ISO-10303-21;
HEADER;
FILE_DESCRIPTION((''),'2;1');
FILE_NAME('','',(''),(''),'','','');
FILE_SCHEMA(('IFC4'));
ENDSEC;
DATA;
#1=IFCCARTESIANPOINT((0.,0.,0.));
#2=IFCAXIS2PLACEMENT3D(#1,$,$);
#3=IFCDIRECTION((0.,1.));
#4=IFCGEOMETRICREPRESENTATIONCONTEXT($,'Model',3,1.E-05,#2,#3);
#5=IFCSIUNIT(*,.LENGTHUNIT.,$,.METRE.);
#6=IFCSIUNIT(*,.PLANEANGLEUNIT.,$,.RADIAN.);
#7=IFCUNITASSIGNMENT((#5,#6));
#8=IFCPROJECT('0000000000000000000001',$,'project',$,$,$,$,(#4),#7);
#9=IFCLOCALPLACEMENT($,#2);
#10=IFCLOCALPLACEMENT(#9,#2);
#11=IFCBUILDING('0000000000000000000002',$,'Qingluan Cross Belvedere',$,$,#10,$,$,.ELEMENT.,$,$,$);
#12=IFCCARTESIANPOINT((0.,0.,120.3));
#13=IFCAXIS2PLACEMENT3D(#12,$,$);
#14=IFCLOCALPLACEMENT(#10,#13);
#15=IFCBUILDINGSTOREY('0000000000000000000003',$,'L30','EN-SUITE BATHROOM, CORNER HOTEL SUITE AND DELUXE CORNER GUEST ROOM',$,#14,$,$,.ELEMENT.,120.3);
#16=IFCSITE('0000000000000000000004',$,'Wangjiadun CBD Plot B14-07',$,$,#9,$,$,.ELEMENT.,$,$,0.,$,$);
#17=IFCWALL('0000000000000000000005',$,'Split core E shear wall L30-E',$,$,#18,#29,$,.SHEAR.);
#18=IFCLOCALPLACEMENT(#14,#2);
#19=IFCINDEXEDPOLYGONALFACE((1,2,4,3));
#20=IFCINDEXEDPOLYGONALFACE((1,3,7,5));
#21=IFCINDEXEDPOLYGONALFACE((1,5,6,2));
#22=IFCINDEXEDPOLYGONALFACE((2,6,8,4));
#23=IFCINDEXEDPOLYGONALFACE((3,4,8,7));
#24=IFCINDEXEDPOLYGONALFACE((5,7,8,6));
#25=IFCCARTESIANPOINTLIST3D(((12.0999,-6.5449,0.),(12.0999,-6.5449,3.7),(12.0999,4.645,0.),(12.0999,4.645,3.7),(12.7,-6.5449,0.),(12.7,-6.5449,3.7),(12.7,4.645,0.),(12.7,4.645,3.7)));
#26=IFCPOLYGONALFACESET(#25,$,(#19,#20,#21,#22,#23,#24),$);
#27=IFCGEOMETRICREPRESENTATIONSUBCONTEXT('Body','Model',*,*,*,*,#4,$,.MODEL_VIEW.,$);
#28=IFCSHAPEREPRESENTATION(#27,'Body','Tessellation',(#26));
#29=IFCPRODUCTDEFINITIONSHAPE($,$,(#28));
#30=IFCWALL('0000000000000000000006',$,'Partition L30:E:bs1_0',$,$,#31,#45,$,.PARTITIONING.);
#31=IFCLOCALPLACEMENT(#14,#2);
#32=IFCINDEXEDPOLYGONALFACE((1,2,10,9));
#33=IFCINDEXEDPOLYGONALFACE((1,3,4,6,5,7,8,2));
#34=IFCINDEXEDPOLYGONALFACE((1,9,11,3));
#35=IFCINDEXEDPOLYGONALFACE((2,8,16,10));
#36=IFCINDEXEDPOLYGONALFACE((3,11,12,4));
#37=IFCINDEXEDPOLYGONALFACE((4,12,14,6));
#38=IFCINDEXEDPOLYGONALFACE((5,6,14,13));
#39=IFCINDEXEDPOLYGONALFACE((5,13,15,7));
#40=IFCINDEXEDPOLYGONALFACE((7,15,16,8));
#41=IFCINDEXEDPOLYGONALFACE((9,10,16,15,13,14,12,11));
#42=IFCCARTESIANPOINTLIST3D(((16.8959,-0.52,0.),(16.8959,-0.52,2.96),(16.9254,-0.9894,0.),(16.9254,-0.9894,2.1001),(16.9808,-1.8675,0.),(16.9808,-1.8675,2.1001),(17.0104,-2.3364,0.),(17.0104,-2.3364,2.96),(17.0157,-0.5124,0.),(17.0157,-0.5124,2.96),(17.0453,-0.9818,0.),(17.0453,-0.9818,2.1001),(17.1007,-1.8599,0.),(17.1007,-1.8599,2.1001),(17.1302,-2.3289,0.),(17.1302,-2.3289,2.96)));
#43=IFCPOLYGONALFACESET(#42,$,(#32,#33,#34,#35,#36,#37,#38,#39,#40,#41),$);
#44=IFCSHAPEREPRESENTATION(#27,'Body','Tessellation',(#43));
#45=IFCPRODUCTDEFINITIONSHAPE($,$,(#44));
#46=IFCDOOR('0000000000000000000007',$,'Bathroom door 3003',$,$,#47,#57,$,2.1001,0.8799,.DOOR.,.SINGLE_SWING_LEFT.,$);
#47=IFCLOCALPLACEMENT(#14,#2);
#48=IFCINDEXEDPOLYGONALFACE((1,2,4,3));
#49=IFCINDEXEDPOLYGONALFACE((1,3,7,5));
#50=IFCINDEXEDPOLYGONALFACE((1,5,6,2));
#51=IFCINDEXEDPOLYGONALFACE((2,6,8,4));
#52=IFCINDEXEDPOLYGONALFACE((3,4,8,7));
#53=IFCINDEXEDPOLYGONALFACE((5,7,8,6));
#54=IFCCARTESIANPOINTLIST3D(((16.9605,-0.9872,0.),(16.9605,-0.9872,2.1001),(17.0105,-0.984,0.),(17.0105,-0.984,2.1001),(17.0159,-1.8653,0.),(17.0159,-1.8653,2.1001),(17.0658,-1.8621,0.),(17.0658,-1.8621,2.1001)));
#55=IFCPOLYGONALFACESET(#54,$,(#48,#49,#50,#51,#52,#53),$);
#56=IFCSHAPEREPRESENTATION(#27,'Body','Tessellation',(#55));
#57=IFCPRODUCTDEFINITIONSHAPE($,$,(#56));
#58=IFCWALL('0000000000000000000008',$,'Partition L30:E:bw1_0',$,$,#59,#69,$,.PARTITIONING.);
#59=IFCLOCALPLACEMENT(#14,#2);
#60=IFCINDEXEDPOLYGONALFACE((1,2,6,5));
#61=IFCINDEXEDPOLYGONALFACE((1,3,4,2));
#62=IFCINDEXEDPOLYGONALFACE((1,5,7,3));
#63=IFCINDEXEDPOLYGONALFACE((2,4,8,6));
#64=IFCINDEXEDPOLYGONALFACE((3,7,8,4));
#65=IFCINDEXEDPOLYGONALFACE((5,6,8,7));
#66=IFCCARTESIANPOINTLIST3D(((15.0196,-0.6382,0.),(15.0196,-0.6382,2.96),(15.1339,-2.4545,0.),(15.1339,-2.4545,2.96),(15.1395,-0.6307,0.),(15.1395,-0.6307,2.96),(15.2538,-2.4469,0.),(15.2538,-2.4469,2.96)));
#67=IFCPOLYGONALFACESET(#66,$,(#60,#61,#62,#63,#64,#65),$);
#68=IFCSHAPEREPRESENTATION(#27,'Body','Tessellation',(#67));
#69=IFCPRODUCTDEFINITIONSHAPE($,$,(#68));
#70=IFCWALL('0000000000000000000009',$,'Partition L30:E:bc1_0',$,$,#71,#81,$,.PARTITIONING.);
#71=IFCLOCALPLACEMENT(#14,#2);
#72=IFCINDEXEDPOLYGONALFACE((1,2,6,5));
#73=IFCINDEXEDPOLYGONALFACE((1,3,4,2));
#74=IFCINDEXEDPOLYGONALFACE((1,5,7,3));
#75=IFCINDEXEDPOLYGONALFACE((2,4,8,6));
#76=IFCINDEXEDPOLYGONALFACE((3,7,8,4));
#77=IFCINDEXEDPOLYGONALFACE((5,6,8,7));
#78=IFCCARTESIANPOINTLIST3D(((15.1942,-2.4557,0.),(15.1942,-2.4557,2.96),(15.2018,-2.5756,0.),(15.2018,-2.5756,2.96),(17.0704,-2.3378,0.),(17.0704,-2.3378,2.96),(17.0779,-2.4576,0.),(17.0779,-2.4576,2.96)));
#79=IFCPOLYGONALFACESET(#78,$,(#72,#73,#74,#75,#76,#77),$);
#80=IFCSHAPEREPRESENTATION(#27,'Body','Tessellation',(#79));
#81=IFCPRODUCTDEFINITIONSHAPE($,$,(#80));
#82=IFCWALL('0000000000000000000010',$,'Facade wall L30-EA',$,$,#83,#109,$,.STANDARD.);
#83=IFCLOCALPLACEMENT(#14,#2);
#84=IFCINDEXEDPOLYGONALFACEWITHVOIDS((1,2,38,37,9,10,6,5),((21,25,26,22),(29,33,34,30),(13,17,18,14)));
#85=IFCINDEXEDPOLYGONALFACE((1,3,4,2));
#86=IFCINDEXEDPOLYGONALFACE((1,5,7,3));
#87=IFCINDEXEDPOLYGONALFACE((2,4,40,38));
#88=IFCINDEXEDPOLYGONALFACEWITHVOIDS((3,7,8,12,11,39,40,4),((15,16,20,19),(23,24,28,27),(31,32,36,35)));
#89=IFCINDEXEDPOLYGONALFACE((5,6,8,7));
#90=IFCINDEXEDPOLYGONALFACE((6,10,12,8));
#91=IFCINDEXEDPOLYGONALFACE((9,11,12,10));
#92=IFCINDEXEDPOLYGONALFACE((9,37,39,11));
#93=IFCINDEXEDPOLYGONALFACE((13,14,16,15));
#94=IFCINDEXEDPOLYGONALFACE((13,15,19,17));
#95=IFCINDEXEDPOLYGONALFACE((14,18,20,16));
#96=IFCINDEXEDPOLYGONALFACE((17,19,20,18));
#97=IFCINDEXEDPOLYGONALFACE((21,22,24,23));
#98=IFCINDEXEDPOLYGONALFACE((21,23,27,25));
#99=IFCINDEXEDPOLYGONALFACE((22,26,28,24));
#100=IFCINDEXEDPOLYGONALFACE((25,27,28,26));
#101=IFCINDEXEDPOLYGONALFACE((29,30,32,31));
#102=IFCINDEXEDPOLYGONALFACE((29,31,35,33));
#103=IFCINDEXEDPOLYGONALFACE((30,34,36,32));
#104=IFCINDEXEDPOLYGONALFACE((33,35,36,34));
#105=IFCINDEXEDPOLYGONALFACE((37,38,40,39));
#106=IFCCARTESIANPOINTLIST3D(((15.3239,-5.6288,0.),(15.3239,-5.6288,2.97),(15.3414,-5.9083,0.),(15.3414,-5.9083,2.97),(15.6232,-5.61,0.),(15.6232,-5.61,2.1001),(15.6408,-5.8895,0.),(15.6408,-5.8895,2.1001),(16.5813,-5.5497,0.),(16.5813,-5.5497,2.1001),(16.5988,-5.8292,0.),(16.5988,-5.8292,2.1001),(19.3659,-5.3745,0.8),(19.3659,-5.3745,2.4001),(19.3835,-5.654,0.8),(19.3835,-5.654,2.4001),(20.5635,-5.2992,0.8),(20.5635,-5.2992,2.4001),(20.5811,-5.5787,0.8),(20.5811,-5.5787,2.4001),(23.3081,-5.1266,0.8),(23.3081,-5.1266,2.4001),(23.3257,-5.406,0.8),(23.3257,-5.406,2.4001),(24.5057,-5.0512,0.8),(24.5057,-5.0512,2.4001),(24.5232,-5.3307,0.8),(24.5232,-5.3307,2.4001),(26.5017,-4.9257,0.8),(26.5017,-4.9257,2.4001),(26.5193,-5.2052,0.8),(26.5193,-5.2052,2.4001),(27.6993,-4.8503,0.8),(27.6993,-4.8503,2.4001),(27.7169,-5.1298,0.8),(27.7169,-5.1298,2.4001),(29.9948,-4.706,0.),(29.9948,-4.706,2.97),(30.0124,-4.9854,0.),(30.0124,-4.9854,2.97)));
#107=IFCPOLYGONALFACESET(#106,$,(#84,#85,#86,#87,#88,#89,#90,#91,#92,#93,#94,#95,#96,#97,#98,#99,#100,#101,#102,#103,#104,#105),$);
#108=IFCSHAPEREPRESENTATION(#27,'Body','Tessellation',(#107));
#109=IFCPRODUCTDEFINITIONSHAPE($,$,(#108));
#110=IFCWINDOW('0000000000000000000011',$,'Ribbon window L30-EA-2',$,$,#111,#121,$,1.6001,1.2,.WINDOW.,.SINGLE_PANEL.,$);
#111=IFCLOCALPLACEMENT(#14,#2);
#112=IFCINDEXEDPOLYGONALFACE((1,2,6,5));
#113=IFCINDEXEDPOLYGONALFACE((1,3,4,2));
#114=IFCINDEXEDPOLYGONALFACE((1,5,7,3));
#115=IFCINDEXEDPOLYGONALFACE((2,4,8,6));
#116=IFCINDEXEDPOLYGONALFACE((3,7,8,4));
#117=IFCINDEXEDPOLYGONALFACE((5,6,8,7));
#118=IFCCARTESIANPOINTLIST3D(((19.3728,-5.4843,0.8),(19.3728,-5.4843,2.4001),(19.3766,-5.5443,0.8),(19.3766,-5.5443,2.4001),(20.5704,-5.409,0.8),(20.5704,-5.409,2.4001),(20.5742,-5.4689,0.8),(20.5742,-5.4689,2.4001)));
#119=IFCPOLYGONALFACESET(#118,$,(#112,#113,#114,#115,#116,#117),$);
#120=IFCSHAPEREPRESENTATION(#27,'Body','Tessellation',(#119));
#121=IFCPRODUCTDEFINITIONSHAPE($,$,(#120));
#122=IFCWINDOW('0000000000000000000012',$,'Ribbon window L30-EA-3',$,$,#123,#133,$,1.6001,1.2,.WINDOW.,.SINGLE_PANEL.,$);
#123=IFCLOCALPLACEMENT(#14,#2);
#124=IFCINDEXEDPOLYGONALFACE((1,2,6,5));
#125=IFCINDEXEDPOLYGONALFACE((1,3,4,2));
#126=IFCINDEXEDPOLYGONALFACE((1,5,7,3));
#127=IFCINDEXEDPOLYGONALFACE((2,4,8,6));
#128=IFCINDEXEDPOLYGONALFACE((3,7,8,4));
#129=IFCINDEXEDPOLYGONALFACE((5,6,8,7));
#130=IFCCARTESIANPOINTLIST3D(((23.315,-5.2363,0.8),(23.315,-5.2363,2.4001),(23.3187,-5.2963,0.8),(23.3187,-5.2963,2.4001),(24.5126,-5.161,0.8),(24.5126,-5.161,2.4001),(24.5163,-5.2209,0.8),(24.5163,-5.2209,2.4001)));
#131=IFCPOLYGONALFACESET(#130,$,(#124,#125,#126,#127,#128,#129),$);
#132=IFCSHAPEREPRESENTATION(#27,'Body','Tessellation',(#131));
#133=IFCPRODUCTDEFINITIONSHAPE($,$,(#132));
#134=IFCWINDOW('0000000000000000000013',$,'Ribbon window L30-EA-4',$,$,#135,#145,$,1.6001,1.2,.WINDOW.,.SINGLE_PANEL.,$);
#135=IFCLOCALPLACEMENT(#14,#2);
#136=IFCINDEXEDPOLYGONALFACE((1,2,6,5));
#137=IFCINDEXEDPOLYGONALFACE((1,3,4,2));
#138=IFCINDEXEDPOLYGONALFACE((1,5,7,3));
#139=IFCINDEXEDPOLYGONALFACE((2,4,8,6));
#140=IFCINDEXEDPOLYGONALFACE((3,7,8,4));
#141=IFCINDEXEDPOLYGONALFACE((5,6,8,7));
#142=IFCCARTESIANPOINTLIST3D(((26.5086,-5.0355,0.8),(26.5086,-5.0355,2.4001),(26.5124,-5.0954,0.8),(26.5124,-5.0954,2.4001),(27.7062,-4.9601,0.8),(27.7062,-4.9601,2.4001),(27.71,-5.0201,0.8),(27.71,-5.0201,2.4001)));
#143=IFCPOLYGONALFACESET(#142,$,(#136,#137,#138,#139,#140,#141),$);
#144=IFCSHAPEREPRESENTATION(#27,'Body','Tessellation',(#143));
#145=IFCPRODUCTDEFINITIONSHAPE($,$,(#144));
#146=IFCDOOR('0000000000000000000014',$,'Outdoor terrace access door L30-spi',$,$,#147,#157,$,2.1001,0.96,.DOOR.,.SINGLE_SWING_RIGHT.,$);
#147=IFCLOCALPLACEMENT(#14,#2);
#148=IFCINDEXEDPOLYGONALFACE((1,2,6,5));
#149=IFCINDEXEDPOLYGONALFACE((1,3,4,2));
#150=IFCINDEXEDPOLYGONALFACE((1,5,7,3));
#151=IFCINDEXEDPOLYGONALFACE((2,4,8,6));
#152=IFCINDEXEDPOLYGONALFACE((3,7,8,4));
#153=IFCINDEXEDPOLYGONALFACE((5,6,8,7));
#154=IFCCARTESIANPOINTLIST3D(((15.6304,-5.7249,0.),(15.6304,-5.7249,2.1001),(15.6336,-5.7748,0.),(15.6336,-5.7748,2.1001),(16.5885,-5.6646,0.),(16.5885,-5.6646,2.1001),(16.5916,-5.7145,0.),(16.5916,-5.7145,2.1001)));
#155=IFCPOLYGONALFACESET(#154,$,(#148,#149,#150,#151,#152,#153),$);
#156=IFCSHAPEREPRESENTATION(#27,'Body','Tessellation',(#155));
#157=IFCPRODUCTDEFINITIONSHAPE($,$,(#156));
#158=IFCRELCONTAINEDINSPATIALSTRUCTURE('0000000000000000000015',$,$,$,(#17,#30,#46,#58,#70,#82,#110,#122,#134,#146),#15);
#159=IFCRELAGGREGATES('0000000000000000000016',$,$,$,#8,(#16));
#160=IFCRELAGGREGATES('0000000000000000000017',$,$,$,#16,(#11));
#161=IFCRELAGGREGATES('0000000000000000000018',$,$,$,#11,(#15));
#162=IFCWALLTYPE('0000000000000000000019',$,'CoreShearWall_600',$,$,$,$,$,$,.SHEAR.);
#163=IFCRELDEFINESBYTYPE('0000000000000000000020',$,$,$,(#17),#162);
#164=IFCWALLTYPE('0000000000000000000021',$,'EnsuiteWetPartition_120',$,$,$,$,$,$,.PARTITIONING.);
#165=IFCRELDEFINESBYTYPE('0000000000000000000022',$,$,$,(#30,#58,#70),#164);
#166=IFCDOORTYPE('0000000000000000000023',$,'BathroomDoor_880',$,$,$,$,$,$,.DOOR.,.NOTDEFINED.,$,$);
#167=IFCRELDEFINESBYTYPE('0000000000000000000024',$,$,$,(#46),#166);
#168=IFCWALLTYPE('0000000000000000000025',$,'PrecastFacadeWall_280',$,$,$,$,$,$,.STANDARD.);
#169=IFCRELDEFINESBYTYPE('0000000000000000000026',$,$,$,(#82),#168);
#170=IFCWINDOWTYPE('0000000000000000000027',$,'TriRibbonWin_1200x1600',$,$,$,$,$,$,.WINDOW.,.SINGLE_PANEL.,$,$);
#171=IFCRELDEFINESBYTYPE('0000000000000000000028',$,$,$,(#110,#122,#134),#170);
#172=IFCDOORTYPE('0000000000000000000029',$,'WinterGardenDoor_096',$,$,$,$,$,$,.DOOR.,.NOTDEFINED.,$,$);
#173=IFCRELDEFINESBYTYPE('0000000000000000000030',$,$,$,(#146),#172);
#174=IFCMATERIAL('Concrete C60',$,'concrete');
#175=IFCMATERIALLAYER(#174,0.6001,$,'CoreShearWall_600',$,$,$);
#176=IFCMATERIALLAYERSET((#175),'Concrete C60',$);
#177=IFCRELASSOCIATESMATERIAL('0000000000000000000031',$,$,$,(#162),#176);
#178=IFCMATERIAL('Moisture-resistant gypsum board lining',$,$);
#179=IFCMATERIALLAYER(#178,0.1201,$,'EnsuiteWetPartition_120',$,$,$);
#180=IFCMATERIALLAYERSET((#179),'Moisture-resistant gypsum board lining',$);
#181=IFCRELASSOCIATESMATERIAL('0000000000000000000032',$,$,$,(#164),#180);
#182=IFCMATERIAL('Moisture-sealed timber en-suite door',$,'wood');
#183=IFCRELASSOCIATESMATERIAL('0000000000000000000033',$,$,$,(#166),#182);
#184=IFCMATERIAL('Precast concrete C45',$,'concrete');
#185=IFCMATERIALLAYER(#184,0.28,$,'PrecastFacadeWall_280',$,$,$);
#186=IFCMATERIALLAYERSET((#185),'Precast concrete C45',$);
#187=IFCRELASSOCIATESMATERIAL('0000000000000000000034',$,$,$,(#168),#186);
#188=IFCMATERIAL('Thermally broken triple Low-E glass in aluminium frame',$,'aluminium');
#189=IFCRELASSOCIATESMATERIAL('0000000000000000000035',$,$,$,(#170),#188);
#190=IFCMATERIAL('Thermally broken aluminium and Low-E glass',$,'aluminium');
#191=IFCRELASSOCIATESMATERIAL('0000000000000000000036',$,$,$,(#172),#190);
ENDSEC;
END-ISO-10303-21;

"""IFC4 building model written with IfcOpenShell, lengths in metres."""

from ifc_helpers import new_model, si_unit, direction, frame, frame_2d, origin, place, context, subcontext, project, spatial, rectangle, extrude, material, layer, layer_set, type_object, element, fill, save


model = new_model("IFC4")

# Units and contexts
model_context = context("Model", 3, precision=1e-05, world=origin(), true_north=direction((0.0, 1.0)))
body_context = subcontext(model_context, "Body", "Model", "MODEL_VIEW")
ifc_project = project(units=[si_unit("LENGTHUNIT", "METRE"), si_unit("PLANEANGLEUNIT", "RADIAN")], contexts=[model_context])

# Site, building, storey
site_placement = place(None, origin())
site = spatial("IfcSite", under=ifc_project, at=site_placement, Name="Wangjiadun CBD Plot B14-07", CompositionType="ELEMENT", RefElevation=0.0)
building_placement = place(site_placement, origin())
building = spatial("IfcBuilding", under=site, at=building_placement, Name="Qingluan Cross Belvedere", CompositionType="ELEMENT")
storey_placement = place(building_placement, frame((0.0, 0.0, 120.3)))
storey = spatial("IfcBuildingStorey", under=building, at=storey_placement, Name="L30", Description="EN-SUITE BATHROOM, CORNER HOTEL SUITE AND DELUXE CORNER GUEST ROOM", CompositionType="ELEMENT", Elevation=120.3)

# Wall
ifc_material_1 = material(Name="Concrete C60", Category="concrete")
ifc_layer_1 = layer(ifc_material_1, 0.6001, Name="CoreShearWall_600")
ifc_layer_set_1 = layer_set([ifc_layer_1], Name="Concrete C60")
wall_type_1 = type_object("IfcWallType", Name="CoreShearWall_600", PredefinedType="SHEAR", material=ifc_layer_set_1)
wall_1_placement = place(storey_placement, frame((12.3999, -6.5449, 0.0), z_axis=(0.0, 0.0, 1.0), x_axis=(0.0, 1.0, 0.0)))
element("IfcWall", 1, at=wall_1_placement, inside=storey, type_object=wall_type_1, Name="Split core E shear wall L30-E", PredefinedType="SHEAR", context=body_context, shape_type="SweptSolid", body=[
    extrude(rectangle(XDim=11.1899, YDim=0.6001, at=frame_2d((5.595, 0.0))), origin(), (0.0, 0.0, 1.0), 3.7),
])

# Wall, opening, door
ifc_material_2 = material(Name="Moisture-resistant gypsum board lining")
ifc_layer_2 = layer(ifc_material_2, 0.1201, Name="EnsuiteWetPartition_120")
ifc_layer_set_2 = layer_set([ifc_layer_2], Name="Moisture-resistant gypsum board lining")
wall_type_2 = type_object("IfcWallType", Name="EnsuiteWetPartition_120", PredefinedType="PARTITIONING", material=ifc_layer_set_2)
wall_2_placement = place(storey_placement, frame((17.0703, -2.3328, 0.0), z_axis=(0.0, 0.0, 1.0), x_axis=(-0.062913, 0.998019, 0.0)))
wall_2 = element("IfcWall", 2, at=wall_2_placement, inside=storey, type_object=wall_type_2, Name="Partition L30:E:bs1_0", PredefinedType="PARTITIONING", context=body_context, shape_type="SweptSolid", body=[
    extrude(rectangle(XDim=1.8201, YDim=0.1201, at=frame_2d((0.9102, 0.0))), origin(), (0.0, 0.0, 1.0), 2.96),
])
opening_1_placement = place(wall_2_placement, frame((0.47, 0.0, 0.0)))
opening_1 = element("IfcOpeningElement", 3, at=opening_1_placement, cuts=wall_2, PredefinedType="OPENING", context=body_context, shape_type="SweptSolid", body=[
    extrude(rectangle(XDim=0.8799, YDim=2.1001, at=frame_2d((0.4399, 1.05))), frame((0.0, 0.0701, 0.0), z_axis=(0.0, -1.0, 0.0), x_axis=(1.0, 0.0, 0.0)), (0.0, 0.0, 1.0), 0.1401),
])
ifc_material_3 = material(Name="Moisture-sealed timber en-suite door", Category="wood")
door_type_1 = type_object("IfcDoorType", Name="BathroomDoor_880", OperationType="NOTDEFINED", PredefinedType="DOOR", material=ifc_material_3)
door_1_placement = place(opening_1_placement, origin())
door_1 = element("IfcDoor", 4, at=door_1_placement, inside=storey, type_object=door_type_1, Name="Bathroom door 3003", OperationType="SINGLE_SWING_LEFT", OverallHeight=2.1001, OverallWidth=0.8799, PredefinedType="DOOR", context=body_context, shape_type="SweptSolid", body=[
    extrude(rectangle(XDim=0.8799, YDim=2.1001, at=frame_2d((0.4399, 1.05))), frame((0.0, 0.0249, 0.0), z_axis=(0.0, -1.0, 0.0), x_axis=(1.0, 0.0, 0.0)), (0.0, 0.0, 1.0), 0.05),
])
fill(opening_1, door_1)

# Walls
wall_3_placement = place(storey_placement, frame((15.1938, -2.4507, 0.0), z_axis=(0.0, 0.0, 1.0), x_axis=(-0.062788, 0.998027, 0.0)))
element("IfcWall", 5, at=wall_3_placement, inside=storey, type_object=wall_type_2, Name="Partition L30:E:bw1_0", PredefinedType="PARTITIONING", context=body_context, shape_type="SweptSolid", body=[
    extrude(rectangle(XDim=1.8198, YDim=0.1201, at=frame_2d((0.9099, 0.0))), origin(), (0.0, 0.0, 1.0), 2.96),
])
wall_4_placement = place(storey_placement, frame((15.198, -2.5156, 0.0), z_axis=(0.0, 0.0, 1.0), x_axis=(0.998031, 0.062726, 0.0)))
element("IfcWall", 6, at=wall_4_placement, inside=storey, type_object=wall_type_2, Name="Partition L30:E:bc1_0", PredefinedType="PARTITIONING", context=body_context, shape_type="SweptSolid", body=[
    extrude(rectangle(XDim=1.8799, YDim=0.1201, at=frame_2d((0.9399, 0.0))), origin(), (0.0, 0.0, 1.0), 2.96),
])

# Wall, openings, windows, door
ifc_material_4 = material(Name="Precast concrete C45", Category="concrete")
ifc_layer_3 = layer(ifc_material_4, 0.28, Name="PrecastFacadeWall_280")
ifc_layer_set_3 = layer_set([ifc_layer_3], Name="Precast concrete C45")
wall_type_3 = type_object("IfcWallType", Name="PrecastFacadeWall_280", PredefinedType="STANDARD", material=ifc_layer_set_3)
wall_5_placement = place(storey_placement, frame((15.3325, -5.7686, 0.0), z_axis=(0.0, 0.0, 1.0), x_axis=(0.998027, 0.062779, 0.0)))
wall_5 = element("IfcWall", 7, at=wall_5_placement, inside=storey, type_object=wall_type_3, Name="Facade wall L30-EA", PredefinedType="STANDARD", context=body_context, shape_type="SweptSolid", body=[
    extrude(rectangle(XDim=14.7, YDim=0.28, at=frame_2d((7.3501, 0.0))), origin(), (0.0, 0.0, 1.0), 2.97),
])
opening_2_placement = place(wall_5_placement, frame((4.05, 0.0, 0.8)))
opening_2 = element("IfcOpeningElement", 8, at=opening_2_placement, cuts=wall_5, PredefinedType="OPENING", context=body_context, shape_type="SweptSolid", body=[
    extrude(rectangle(XDim=1.2, YDim=1.6001, at=frame_2d((0.6001, 0.8))), frame((0.0, 0.1499, 0.0), z_axis=(0.0, -1.0, 0.0), x_axis=(1.0, 0.0, 0.0)), (0.0, 0.0, 1.0), 0.3),
])
opening_3_placement = place(wall_5_placement, frame((8.0, 0.0, 0.8)))
opening_3 = element("IfcOpeningElement", 9, at=opening_3_placement, cuts=wall_5, PredefinedType="OPENING", context=body_context, shape_type="SweptSolid", body=[
    extrude(rectangle(XDim=1.2, YDim=1.6001, at=frame_2d((0.6001, 0.8))), frame((0.0, 0.1499, 0.0), z_axis=(0.0, -1.0, 0.0), x_axis=(1.0, 0.0, 0.0)), (0.0, 0.0, 1.0), 0.3),
])
opening_4_placement = place(wall_5_placement, frame((11.2, 0.0, 0.8)))
opening_4 = element("IfcOpeningElement", 10, at=opening_4_placement, cuts=wall_5, PredefinedType="OPENING", context=body_context, shape_type="SweptSolid", body=[
    extrude(rectangle(XDim=1.2, YDim=1.6001, at=frame_2d((0.6001, 0.8))), frame((0.0, 0.1499, 0.0), z_axis=(0.0, -1.0, 0.0), x_axis=(1.0, 0.0, 0.0)), (0.0, 0.0, 1.0), 0.3),
])
opening_5_placement = place(wall_5_placement, frame((0.3, 0.0, 0.0)))
opening_5 = element("IfcOpeningElement", 11, at=opening_5_placement, cuts=wall_5, PredefinedType="OPENING", context=body_context, shape_type="SweptSolid", body=[
    extrude(rectangle(XDim=0.96, YDim=2.1001, at=frame_2d((0.48, 1.05))), frame((0.0, 0.1499, 0.0), z_axis=(0.0, -1.0, 0.0), x_axis=(1.0, 0.0, 0.0)), (0.0, 0.0, 1.0), 0.3),
])
ifc_material_5 = material(Name="Thermally broken triple Low-E glass in aluminium frame", Category="aluminium")
window_type_1 = type_object("IfcWindowType", Name="TriRibbonWin_1200x1600", PartitioningType="SINGLE_PANEL", PredefinedType="WINDOW", material=ifc_material_5)
window_1_placement = place(opening_2_placement, origin())
window_1 = element("IfcWindow", 12, at=window_1_placement, inside=storey, type_object=window_type_1, Name="Ribbon window L30-EA-2", OverallHeight=1.6001, OverallWidth=1.2, PartitioningType="SINGLE_PANEL", PredefinedType="WINDOW", context=body_context, shape_type="SweptSolid", body=[
    extrude(rectangle(XDim=1.2, YDim=1.6001, at=frame_2d((0.6001, 0.8))), frame((0.0, 0.03, 0.0), z_axis=(0.0, -1.0, 0.0), x_axis=(1.0, 0.0, 0.0)), (0.0, 0.0, 1.0), 0.0601),
])
fill(opening_2, window_1)
window_2_placement = place(opening_3_placement, origin())
window_2 = element("IfcWindow", 13, at=window_2_placement, inside=storey, type_object=window_type_1, Name="Ribbon window L30-EA-3", OverallHeight=1.6001, OverallWidth=1.2, PartitioningType="SINGLE_PANEL", PredefinedType="WINDOW", context=body_context, shape_type="SweptSolid", body=[
    extrude(rectangle(XDim=1.2, YDim=1.6001, at=frame_2d((0.6001, 0.8))), frame((0.0, 0.03, 0.0), z_axis=(0.0, -1.0, 0.0), x_axis=(1.0, 0.0, 0.0)), (0.0, 0.0, 1.0), 0.0601),
])
fill(opening_3, window_2)
window_3_placement = place(opening_4_placement, origin())
window_3 = element("IfcWindow", 14, at=window_3_placement, inside=storey, type_object=window_type_1, Name="Ribbon window L30-EA-4", OverallHeight=1.6001, OverallWidth=1.2, PartitioningType="SINGLE_PANEL", PredefinedType="WINDOW", context=body_context, shape_type="SweptSolid", body=[
    extrude(rectangle(XDim=1.2, YDim=1.6001, at=frame_2d((0.6001, 0.8))), frame((0.0, 0.03, 0.0), z_axis=(0.0, -1.0, 0.0), x_axis=(1.0, 0.0, 0.0)), (0.0, 0.0, 1.0), 0.0601),
])
fill(opening_4, window_3)
ifc_material_6 = material(Name="Thermally broken aluminium and Low-E glass", Category="aluminium")
door_type_2 = type_object("IfcDoorType", Name="WinterGardenDoor_096", OperationType="NOTDEFINED", PredefinedType="DOOR", material=ifc_material_6)
door_2_placement = place(opening_5_placement, origin())
door_2 = element("IfcDoor", 15, at=door_2_placement, inside=storey, type_object=door_type_2, Name="Outdoor terrace access door L30-spi", OperationType="SINGLE_SWING_RIGHT", OverallHeight=2.1001, OverallWidth=0.96, PredefinedType="DOOR", context=body_context, shape_type="SweptSolid", body=[
    extrude(rectangle(XDim=0.96, YDim=2.1001, at=frame_2d((0.48, 1.05))), frame((0.0, 0.0249, 0.0), z_axis=(0.0, -1.0, 0.0), x_axis=(1.0, 0.0, 0.0)), (0.0, 0.0, 1.0), 0.05),
])
fill(opening_5, door_2)

save(model, "model.ifc")
